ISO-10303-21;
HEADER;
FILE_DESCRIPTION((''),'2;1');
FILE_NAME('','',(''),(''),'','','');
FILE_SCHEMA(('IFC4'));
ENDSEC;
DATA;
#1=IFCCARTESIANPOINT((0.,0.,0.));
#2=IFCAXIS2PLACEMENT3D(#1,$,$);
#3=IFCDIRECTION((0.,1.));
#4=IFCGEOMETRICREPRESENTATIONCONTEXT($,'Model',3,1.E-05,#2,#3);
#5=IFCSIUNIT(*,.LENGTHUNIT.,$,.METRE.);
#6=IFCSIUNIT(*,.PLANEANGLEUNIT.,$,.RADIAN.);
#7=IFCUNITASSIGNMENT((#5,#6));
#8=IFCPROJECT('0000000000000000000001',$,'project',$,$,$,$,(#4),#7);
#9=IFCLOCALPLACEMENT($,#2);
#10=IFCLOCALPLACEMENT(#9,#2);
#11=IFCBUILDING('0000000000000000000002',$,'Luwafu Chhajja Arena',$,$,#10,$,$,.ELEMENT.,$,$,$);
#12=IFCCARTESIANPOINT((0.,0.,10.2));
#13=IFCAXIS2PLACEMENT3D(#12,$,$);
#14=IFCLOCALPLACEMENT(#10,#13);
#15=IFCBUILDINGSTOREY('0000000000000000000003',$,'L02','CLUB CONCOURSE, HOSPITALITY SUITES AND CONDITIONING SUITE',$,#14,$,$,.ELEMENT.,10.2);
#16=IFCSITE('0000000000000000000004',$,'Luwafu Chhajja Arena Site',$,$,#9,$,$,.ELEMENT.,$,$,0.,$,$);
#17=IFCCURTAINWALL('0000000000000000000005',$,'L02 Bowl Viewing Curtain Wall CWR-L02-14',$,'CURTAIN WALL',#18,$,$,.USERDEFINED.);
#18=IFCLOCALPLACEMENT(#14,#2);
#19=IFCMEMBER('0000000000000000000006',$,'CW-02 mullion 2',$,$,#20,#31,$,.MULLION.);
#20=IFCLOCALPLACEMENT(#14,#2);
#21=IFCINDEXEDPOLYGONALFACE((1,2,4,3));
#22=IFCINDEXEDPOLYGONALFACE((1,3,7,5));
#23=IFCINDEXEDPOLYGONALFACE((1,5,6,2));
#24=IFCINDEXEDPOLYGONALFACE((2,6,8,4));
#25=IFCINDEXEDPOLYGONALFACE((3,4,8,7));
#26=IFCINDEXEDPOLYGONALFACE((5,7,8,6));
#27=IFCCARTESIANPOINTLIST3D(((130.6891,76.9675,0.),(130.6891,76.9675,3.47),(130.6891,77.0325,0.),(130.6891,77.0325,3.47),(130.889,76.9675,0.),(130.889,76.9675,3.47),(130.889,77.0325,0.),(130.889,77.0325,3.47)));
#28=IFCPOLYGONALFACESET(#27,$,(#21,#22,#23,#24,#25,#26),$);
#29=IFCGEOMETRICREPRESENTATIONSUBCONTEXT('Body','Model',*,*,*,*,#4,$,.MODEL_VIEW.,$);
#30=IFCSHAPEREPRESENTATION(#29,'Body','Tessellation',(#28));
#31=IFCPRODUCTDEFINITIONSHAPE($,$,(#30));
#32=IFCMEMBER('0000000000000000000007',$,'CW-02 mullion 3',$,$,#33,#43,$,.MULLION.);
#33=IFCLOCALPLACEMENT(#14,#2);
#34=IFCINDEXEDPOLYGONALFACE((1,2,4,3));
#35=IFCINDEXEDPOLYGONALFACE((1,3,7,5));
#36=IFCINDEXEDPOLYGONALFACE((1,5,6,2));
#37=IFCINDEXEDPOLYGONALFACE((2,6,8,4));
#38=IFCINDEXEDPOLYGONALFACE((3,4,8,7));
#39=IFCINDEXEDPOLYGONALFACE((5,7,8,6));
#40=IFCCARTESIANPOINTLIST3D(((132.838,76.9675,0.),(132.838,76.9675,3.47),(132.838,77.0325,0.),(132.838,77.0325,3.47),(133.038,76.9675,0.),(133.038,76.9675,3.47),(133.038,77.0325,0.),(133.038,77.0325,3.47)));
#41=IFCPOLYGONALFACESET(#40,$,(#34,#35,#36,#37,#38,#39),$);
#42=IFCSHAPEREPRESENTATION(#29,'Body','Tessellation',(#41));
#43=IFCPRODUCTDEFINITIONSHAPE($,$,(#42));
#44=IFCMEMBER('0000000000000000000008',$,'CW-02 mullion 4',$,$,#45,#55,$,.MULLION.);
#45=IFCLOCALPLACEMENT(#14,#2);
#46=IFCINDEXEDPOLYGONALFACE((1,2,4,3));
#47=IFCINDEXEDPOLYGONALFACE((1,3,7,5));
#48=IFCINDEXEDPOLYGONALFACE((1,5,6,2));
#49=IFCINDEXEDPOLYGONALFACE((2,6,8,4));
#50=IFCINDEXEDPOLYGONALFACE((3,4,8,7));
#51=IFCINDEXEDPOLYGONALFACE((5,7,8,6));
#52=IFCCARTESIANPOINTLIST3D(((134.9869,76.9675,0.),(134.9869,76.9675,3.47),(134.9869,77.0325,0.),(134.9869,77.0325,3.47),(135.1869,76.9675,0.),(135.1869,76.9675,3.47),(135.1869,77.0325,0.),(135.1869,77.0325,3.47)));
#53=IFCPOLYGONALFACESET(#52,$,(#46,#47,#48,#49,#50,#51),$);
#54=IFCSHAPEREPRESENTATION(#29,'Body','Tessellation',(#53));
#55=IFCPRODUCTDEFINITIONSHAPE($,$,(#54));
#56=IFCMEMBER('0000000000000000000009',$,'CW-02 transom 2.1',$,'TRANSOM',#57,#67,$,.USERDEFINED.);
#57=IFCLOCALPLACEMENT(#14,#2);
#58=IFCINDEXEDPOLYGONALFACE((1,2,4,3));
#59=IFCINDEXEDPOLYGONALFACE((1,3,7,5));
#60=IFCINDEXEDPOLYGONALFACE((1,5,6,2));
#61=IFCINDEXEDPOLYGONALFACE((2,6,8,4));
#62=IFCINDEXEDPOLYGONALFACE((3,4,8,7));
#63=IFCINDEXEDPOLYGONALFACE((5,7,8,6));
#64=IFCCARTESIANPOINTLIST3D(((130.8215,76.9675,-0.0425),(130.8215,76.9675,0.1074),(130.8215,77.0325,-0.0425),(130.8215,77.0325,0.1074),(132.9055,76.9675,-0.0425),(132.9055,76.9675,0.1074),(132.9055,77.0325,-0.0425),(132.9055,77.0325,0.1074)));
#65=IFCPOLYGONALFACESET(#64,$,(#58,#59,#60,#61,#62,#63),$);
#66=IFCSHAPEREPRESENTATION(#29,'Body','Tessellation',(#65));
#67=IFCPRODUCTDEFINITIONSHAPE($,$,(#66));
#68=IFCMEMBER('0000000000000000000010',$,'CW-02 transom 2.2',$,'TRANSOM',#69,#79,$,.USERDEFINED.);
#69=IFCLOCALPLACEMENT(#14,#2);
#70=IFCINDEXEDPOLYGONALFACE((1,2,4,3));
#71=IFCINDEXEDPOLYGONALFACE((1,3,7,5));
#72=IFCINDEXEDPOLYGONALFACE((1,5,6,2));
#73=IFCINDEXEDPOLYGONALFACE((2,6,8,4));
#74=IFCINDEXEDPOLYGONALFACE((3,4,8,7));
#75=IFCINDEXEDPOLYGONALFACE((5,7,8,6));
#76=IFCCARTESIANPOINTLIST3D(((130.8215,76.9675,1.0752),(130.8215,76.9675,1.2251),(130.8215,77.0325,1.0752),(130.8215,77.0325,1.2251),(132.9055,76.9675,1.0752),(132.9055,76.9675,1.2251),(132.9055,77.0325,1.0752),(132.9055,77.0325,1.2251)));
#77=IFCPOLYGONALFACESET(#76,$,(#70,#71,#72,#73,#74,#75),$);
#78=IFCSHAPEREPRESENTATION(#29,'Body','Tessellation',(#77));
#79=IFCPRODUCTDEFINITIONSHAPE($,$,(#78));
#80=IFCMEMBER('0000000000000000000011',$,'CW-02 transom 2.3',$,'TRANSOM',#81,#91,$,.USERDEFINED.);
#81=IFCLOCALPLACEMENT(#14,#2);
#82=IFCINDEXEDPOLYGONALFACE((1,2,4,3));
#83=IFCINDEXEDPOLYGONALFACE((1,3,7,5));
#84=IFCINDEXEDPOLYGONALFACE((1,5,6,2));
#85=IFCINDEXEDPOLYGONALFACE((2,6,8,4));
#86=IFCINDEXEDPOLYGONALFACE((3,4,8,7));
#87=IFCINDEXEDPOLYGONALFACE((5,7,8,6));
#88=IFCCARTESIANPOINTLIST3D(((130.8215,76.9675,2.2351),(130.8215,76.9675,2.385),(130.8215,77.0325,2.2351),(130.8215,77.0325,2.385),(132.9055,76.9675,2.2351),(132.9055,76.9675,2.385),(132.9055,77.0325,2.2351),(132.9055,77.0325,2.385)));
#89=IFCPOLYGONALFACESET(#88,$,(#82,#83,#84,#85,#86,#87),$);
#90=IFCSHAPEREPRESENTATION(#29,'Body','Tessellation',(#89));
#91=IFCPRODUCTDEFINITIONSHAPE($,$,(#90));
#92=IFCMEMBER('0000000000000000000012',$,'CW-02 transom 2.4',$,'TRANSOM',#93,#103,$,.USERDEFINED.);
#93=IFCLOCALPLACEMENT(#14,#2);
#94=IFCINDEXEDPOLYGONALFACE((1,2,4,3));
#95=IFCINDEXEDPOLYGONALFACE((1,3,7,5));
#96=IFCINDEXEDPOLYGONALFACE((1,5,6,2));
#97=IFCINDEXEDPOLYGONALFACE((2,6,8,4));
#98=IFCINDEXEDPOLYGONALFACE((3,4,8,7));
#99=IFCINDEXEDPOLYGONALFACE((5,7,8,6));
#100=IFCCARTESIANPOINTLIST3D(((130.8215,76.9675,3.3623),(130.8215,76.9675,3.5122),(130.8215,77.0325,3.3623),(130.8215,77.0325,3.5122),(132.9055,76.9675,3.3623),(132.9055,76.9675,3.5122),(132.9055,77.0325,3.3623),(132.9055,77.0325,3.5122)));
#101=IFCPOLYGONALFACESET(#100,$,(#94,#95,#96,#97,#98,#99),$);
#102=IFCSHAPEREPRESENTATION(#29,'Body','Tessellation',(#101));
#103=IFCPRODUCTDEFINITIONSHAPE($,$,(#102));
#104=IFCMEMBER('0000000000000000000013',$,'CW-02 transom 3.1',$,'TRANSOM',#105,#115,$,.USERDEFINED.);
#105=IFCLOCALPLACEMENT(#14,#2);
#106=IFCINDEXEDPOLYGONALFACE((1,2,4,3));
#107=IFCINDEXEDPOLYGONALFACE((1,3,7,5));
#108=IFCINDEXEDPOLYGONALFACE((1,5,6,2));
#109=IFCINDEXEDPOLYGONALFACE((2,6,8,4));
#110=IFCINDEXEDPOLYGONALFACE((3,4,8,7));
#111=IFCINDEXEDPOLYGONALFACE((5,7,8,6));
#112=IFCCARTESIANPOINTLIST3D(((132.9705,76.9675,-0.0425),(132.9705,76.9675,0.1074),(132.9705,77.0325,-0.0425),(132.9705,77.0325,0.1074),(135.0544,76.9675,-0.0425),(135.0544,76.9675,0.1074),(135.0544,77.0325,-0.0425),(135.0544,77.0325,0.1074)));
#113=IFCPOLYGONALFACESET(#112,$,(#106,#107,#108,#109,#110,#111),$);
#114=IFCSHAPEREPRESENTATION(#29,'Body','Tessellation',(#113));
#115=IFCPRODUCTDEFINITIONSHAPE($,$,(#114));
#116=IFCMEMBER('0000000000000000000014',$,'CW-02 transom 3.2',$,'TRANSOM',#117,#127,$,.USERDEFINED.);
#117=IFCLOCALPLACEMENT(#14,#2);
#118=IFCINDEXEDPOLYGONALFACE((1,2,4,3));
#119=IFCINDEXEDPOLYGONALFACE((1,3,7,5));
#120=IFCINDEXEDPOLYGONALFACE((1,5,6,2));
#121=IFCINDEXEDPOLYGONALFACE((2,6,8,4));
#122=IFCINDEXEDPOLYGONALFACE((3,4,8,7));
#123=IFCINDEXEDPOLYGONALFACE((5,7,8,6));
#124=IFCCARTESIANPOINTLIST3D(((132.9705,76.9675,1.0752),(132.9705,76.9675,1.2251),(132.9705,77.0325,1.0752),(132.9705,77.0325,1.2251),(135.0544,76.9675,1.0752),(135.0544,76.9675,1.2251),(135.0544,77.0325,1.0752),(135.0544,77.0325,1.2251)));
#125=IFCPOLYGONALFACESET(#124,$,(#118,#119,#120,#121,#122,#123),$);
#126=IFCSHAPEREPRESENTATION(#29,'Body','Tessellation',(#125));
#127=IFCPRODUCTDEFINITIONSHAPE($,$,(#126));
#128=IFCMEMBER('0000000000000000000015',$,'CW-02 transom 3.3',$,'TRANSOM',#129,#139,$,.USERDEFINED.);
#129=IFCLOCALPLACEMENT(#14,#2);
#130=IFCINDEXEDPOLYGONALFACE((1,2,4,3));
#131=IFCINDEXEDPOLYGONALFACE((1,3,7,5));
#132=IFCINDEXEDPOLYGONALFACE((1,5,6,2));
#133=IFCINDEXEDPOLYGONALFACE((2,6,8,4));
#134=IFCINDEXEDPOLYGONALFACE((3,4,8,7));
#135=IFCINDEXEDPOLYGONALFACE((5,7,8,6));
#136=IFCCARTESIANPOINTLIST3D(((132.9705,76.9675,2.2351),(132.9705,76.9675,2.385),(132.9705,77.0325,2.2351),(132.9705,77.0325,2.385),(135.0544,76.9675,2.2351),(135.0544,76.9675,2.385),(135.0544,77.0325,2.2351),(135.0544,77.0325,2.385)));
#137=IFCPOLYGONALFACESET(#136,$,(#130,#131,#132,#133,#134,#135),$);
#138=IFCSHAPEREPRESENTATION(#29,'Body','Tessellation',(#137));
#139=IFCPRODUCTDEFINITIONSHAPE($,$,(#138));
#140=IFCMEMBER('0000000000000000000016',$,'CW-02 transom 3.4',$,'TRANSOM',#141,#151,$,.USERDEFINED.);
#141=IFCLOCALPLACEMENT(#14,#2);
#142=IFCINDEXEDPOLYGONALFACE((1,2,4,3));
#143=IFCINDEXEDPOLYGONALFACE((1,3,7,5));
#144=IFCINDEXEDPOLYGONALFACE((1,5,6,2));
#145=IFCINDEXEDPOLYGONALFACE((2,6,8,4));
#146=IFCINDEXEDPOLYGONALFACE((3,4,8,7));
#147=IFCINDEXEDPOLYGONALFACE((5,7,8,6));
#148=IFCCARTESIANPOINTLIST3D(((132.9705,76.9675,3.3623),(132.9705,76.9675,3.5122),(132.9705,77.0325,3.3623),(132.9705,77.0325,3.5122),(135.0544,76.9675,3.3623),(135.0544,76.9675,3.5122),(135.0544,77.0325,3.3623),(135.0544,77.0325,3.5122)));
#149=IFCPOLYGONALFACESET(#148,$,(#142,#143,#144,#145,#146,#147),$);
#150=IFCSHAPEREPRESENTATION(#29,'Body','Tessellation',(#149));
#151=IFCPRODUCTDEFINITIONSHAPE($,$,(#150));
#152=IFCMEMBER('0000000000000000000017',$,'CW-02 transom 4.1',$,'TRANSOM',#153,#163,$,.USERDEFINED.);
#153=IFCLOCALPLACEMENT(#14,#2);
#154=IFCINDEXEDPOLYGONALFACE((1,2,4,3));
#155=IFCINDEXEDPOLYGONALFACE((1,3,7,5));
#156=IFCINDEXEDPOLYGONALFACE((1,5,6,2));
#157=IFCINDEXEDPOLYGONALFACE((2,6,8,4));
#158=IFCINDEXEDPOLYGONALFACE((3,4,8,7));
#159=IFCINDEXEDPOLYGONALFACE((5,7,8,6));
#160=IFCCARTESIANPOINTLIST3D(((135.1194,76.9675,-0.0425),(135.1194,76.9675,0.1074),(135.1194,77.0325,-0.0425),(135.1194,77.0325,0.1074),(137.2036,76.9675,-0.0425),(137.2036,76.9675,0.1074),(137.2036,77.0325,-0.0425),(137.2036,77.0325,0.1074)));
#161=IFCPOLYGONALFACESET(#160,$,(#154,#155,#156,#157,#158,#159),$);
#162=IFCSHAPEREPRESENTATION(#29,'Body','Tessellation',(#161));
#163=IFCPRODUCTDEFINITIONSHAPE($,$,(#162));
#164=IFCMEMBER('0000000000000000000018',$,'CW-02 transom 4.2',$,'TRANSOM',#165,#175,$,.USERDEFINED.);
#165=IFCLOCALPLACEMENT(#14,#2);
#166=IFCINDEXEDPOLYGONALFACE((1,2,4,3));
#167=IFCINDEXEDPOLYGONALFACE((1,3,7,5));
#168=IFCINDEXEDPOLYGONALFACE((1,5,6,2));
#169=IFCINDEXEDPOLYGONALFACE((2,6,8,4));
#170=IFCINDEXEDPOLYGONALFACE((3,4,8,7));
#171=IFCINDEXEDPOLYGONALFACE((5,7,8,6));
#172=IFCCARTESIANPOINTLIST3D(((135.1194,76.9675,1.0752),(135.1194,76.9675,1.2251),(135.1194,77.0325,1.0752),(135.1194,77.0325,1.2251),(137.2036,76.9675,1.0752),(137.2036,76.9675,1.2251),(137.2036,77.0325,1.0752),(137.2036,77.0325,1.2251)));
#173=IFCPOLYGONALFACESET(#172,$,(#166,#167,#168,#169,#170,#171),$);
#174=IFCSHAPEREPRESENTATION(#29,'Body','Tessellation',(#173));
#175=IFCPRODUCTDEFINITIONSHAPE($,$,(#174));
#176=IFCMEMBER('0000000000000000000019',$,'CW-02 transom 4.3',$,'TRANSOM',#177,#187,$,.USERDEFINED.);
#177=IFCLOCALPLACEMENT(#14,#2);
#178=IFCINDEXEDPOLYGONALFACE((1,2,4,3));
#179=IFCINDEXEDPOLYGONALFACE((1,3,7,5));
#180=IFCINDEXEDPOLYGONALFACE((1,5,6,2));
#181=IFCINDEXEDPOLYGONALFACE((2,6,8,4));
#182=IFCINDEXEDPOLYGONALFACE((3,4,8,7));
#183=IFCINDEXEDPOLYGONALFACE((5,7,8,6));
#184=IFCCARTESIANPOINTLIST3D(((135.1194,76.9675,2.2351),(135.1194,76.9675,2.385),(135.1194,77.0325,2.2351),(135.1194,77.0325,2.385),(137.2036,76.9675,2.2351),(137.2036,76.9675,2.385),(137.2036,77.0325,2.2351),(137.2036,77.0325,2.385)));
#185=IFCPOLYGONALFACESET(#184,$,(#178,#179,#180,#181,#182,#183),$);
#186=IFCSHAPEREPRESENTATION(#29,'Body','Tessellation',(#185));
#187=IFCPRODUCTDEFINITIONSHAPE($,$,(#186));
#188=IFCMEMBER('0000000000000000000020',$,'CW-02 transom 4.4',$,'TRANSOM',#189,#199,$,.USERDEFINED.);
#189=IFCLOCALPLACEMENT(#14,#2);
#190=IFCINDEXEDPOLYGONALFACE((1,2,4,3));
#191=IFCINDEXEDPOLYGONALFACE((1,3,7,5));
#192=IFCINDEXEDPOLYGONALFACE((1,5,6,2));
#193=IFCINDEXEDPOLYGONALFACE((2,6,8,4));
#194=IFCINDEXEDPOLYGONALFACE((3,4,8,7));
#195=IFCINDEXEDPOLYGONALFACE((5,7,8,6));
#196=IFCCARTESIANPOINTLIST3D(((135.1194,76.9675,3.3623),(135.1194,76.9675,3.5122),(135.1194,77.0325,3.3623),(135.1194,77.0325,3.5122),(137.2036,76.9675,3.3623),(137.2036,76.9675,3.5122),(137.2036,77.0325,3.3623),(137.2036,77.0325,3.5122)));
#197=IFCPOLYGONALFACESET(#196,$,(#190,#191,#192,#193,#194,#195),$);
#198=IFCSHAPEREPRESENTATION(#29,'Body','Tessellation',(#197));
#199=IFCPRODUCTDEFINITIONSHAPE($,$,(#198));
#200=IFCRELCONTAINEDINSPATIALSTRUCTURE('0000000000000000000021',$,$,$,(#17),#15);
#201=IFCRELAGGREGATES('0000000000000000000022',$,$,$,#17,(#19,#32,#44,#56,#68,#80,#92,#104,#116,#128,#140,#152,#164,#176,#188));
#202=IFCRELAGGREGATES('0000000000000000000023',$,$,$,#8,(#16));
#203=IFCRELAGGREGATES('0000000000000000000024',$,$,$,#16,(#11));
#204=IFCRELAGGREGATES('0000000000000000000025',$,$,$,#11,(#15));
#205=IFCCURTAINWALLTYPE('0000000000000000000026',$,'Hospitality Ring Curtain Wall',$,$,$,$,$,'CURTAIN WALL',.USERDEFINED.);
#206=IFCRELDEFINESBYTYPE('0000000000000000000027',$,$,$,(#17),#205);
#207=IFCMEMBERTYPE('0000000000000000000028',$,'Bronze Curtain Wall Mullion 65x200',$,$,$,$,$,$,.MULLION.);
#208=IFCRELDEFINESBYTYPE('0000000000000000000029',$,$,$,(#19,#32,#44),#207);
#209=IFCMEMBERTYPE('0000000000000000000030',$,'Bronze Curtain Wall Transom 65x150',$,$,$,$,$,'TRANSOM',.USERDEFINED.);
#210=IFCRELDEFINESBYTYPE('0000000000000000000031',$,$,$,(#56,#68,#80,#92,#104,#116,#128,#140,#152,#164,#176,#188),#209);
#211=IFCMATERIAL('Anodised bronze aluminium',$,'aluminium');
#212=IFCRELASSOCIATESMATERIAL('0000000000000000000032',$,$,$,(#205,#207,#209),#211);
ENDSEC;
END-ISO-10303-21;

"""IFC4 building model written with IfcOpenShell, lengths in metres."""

from ifc_helpers import new_model, si_unit, direction, frame, origin, origin_2d, place, context, subcontext, project, spatial, rectangle, extrude, material, material_profile, profile_set, type_object, element, aggregate, save


model = new_model("IFC4")

# Units and contexts
model_context = context("Model", 3, precision=1e-05, world=origin(), true_north=direction((0.0, 1.0)))
body_context = subcontext(model_context, "Body", "Model", "MODEL_VIEW")
ifc_project = project(units=[si_unit("LENGTHUNIT", "METRE"), si_unit("PLANEANGLEUNIT", "RADIAN")], contexts=[model_context])

# Site, building, storey
site_placement = place(None, origin())
site = spatial("IfcSite", under=ifc_project, at=site_placement, Name="Luwafu Chhajja Arena Site", CompositionType="ELEMENT", RefElevation=0.0)
building_placement = place(site_placement, origin())
building = spatial("IfcBuilding", under=site, at=building_placement, Name="Luwafu Chhajja Arena", CompositionType="ELEMENT")
storey_placement = place(building_placement, frame((0.0, 0.0, 10.2)))
storey = spatial("IfcBuildingStorey", under=building, at=storey_placement, Name="L02", Description="CLUB CONCOURSE, HOSPITALITY SUITES AND CONDITIONING SUITE", CompositionType="ELEMENT", Elevation=10.2)

# Curtain wall, members
ifc_material_1 = material(Name="Anodised bronze aluminium", Category="aluminium")
curtain_wall_type = type_object("IfcCurtainWallType", Name="Hospitality Ring Curtain Wall", ElementType="CURTAIN WALL", PredefinedType="USERDEFINED", material=ifc_material_1)
curtain_wall_placement = place(storey_placement, origin())
curtain_wall = element("IfcCurtainWall", 1, at=curtain_wall_placement, inside=storey, type_object=curtain_wall_type, Name="L02 Bowl Viewing Curtain Wall CWR-L02-14", ObjectType="CURTAIN WALL", PredefinedType="USERDEFINED")
ifc_material_profile_1 = material_profile(ifc_material_1, rectangle(XDim=0.0649, YDim=0.2, at=origin_2d()), Name="CWM 65x200")
ifc_profile_set_1 = profile_set([ifc_material_profile_1], Name="Anodised bronze aluminium")
member_type_1 = type_object("IfcMemberType", Name="Bronze Curtain Wall Mullion 65x200", PredefinedType="MULLION", material=ifc_profile_set_1)
member_1_placement = place(storey_placement, frame((130.7891, 77.0, 0.0), z_axis=(0.0, 0.0, 1.0), x_axis=(0.0, 1.0, 0.0)))
member_1 = element("IfcMember", 2, at=member_1_placement, type_object=member_type_1, Name="CW-02 mullion 2", PredefinedType="MULLION", context=body_context, shape_type="SweptSolid", body=[
    extrude(rectangle(XDim=0.0649, YDim=0.2, at=origin_2d()), origin(), (0.0, 0.0, 1.0), 3.47),
])
member_2_placement = place(storey_placement, frame((132.938, 77.0, 0.0), z_axis=(0.0, 0.0, 1.0), x_axis=(0.0, 1.0, 0.0)))
member_2 = element("IfcMember", 3, at=member_2_placement, type_object=member_type_1, Name="CW-02 mullion 3", PredefinedType="MULLION", context=body_context, shape_type="SweptSolid", body=[
    extrude(rectangle(XDim=0.0649, YDim=0.2, at=origin_2d()), origin(), (0.0, 0.0, 1.0), 3.47),
])
member_3_placement = place(storey_placement, frame((135.0869, 77.0, 0.0), z_axis=(0.0, 0.0, 1.0), x_axis=(0.0, 1.0, 0.0)))
member_3 = element("IfcMember", 4, at=member_3_placement, type_object=member_type_1, Name="CW-02 mullion 4", PredefinedType="MULLION", context=body_context, shape_type="SweptSolid", body=[
    extrude(rectangle(XDim=0.0649, YDim=0.2, at=origin_2d()), origin(), (0.0, 0.0, 1.0), 3.47),
])
ifc_material_profile_2 = material_profile(ifc_material_1, rectangle(XDim=0.0649, YDim=0.1499, at=origin_2d()), Name="CWT 65x150")
ifc_profile_set_2 = profile_set([ifc_material_profile_2], Name="Anodised bronze aluminium")
member_type_2 = type_object("IfcMemberType", Name="Bronze Curtain Wall Transom 65x150", ElementType="TRANSOM", PredefinedType="USERDEFINED", material=ifc_profile_set_2)
member_4_placement = place(storey_placement, frame((130.8215, 77.0, 0.0325), z_axis=(1.0, 0.0, 0.0), x_axis=(0.0, 1.0, 0.0)))
member_4 = element("IfcMember", 5, at=member_4_placement, type_object=member_type_2, Name="CW-02 transom 2.1", ObjectType="TRANSOM", PredefinedType="USERDEFINED", context=body_context, shape_type="SweptSolid", body=[
    extrude(rectangle(XDim=0.0649, YDim=0.1499, at=origin_2d()), origin(), (0.0, 0.0, 1.0), 2.084),
])
member_5_placement = place(storey_placement, frame((130.8215, 77.0, 1.1501), z_axis=(1.0, 0.0, 0.0), x_axis=(0.0, 1.0, 0.0)))
member_5 = element("IfcMember", 6, at=member_5_placement, type_object=member_type_2, Name="CW-02 transom 2.2", ObjectType="TRANSOM", PredefinedType="USERDEFINED", context=body_context, shape_type="SweptSolid", body=[
    extrude(rectangle(XDim=0.0649, YDim=0.1499, at=origin_2d()), origin(), (0.0, 0.0, 1.0), 2.084),
])
member_6_placement = place(storey_placement, frame((130.8215, 77.0, 2.3101), z_axis=(1.0, 0.0, 0.0), x_axis=(0.0, 1.0, 0.0)))
member_6 = element("IfcMember", 7, at=member_6_placement, type_object=member_type_2, Name="CW-02 transom 2.3", ObjectType="TRANSOM", PredefinedType="USERDEFINED", context=body_context, shape_type="SweptSolid", body=[
    extrude(rectangle(XDim=0.0649, YDim=0.1499, at=origin_2d()), origin(), (0.0, 0.0, 1.0), 2.084),
])
member_7_placement = place(storey_placement, frame((130.8215, 77.0, 3.4373), z_axis=(1.0, 0.0, 0.0), x_axis=(0.0, 1.0, 0.0)))
member_7 = element("IfcMember", 8, at=member_7_placement, type_object=member_type_2, Name="CW-02 transom 2.4", ObjectType="TRANSOM", PredefinedType="USERDEFINED", context=body_context, shape_type="SweptSolid", body=[
    extrude(rectangle(XDim=0.0649, YDim=0.1499, at=origin_2d()), origin(), (0.0, 0.0, 1.0), 2.084),
])
member_8_placement = place(storey_placement, frame((132.9705, 77.0, 0.0325), z_axis=(1.0, 0.0, 0.0), x_axis=(0.0, 1.0, 0.0)))
member_8 = element("IfcMember", 9, at=member_8_placement, type_object=member_type_2, Name="CW-02 transom 3.1", ObjectType="TRANSOM", PredefinedType="USERDEFINED", context=body_context, shape_type="SweptSolid", body=[
    extrude(rectangle(XDim=0.0649, YDim=0.1499, at=origin_2d()), origin(), (0.0, 0.0, 1.0), 2.084),
])
member_9_placement = place(storey_placement, frame((132.9705, 77.0, 1.1501), z_axis=(1.0, 0.0, 0.0), x_axis=(0.0, 1.0, 0.0)))
member_9 = element("IfcMember", 10, at=member_9_placement, type_object=member_type_2, Name="CW-02 transom 3.2", ObjectType="TRANSOM", PredefinedType="USERDEFINED", context=body_context, shape_type="SweptSolid", body=[
    extrude(rectangle(XDim=0.0649, YDim=0.1499, at=origin_2d()), origin(), (0.0, 0.0, 1.0), 2.084),
])
member_10_placement = place(storey_placement, frame((132.9705, 77.0, 2.3101), z_axis=(1.0, 0.0, 0.0), x_axis=(0.0, 1.0, 0.0)))
member_10 = element("IfcMember", 11, at=member_10_placement, type_object=member_type_2, Name="CW-02 transom 3.3", ObjectType="TRANSOM", PredefinedType="USERDEFINED", context=body_context, shape_type="SweptSolid", body=[
    extrude(rectangle(XDim=0.0649, YDim=0.1499, at=origin_2d()), origin(), (0.0, 0.0, 1.0), 2.084),
])
member_11_placement = place(storey_placement, frame((132.9705, 77.0, 3.4373), z_axis=(1.0, 0.0, 0.0), x_axis=(0.0, 1.0, 0.0)))
member_11 = element("IfcMember", 12, at=member_11_placement, type_object=member_type_2, Name="CW-02 transom 3.4", ObjectType="TRANSOM", PredefinedType="USERDEFINED", context=body_context, shape_type="SweptSolid", body=[
    extrude(rectangle(XDim=0.0649, YDim=0.1499, at=origin_2d()), origin(), (0.0, 0.0, 1.0), 2.084),
])
member_12_placement = place(storey_placement, frame((135.1194, 77.0, 0.0325), z_axis=(1.0, 0.0, 0.0), x_axis=(0.0, 1.0, 0.0)))
member_12 = element("IfcMember", 13, at=member_12_placement, type_object=member_type_2, Name="CW-02 transom 4.1", ObjectType="TRANSOM", PredefinedType="USERDEFINED", context=body_context, shape_type="SweptSolid", body=[
    extrude(rectangle(XDim=0.0649, YDim=0.1499, at=origin_2d()), origin(), (0.0, 0.0, 1.0), 2.0842),
])
member_13_placement = place(storey_placement, frame((135.1194, 77.0, 1.1501), z_axis=(1.0, 0.0, 0.0), x_axis=(0.0, 1.0, 0.0)))
member_13 = element("IfcMember", 14, at=member_13_placement, type_object=member_type_2, Name="CW-02 transom 4.2", ObjectType="TRANSOM", PredefinedType="USERDEFINED", context=body_context, shape_type="SweptSolid", body=[
    extrude(rectangle(XDim=0.0649, YDim=0.1499, at=origin_2d()), origin(), (0.0, 0.0, 1.0), 2.0842),
])
member_14_placement = place(storey_placement, frame((135.1194, 77.0, 2.3101), z_axis=(1.0, 0.0, 0.0), x_axis=(0.0, 1.0, 0.0)))
member_14 = element("IfcMember", 15, at=member_14_placement, type_object=member_type_2, Name="CW-02 transom 4.3", ObjectType="TRANSOM", PredefinedType="USERDEFINED", context=body_context, shape_type="SweptSolid", body=[
    extrude(rectangle(XDim=0.0649, YDim=0.1499, at=origin_2d()), origin(), (0.0, 0.0, 1.0), 2.0842),
])
member_15_placement = place(storey_placement, frame((135.1194, 77.0, 3.4373), z_axis=(1.0, 0.0, 0.0), x_axis=(0.0, 1.0, 0.0)))
member_15 = element("IfcMember", 16, at=member_15_placement, type_object=member_type_2, Name="CW-02 transom 4.4", ObjectType="TRANSOM", PredefinedType="USERDEFINED", context=body_context, shape_type="SweptSolid", body=[
    extrude(rectangle(XDim=0.0649, YDim=0.1499, at=origin_2d()), origin(), (0.0, 0.0, 1.0), 2.0842),
])
aggregate(curtain_wall, [member_1, member_2, member_3, member_4, member_5, member_6, member_7, member_8, member_9, member_10, member_11, member_12, member_13, member_14, member_15])

save(model, "model.ifc")
